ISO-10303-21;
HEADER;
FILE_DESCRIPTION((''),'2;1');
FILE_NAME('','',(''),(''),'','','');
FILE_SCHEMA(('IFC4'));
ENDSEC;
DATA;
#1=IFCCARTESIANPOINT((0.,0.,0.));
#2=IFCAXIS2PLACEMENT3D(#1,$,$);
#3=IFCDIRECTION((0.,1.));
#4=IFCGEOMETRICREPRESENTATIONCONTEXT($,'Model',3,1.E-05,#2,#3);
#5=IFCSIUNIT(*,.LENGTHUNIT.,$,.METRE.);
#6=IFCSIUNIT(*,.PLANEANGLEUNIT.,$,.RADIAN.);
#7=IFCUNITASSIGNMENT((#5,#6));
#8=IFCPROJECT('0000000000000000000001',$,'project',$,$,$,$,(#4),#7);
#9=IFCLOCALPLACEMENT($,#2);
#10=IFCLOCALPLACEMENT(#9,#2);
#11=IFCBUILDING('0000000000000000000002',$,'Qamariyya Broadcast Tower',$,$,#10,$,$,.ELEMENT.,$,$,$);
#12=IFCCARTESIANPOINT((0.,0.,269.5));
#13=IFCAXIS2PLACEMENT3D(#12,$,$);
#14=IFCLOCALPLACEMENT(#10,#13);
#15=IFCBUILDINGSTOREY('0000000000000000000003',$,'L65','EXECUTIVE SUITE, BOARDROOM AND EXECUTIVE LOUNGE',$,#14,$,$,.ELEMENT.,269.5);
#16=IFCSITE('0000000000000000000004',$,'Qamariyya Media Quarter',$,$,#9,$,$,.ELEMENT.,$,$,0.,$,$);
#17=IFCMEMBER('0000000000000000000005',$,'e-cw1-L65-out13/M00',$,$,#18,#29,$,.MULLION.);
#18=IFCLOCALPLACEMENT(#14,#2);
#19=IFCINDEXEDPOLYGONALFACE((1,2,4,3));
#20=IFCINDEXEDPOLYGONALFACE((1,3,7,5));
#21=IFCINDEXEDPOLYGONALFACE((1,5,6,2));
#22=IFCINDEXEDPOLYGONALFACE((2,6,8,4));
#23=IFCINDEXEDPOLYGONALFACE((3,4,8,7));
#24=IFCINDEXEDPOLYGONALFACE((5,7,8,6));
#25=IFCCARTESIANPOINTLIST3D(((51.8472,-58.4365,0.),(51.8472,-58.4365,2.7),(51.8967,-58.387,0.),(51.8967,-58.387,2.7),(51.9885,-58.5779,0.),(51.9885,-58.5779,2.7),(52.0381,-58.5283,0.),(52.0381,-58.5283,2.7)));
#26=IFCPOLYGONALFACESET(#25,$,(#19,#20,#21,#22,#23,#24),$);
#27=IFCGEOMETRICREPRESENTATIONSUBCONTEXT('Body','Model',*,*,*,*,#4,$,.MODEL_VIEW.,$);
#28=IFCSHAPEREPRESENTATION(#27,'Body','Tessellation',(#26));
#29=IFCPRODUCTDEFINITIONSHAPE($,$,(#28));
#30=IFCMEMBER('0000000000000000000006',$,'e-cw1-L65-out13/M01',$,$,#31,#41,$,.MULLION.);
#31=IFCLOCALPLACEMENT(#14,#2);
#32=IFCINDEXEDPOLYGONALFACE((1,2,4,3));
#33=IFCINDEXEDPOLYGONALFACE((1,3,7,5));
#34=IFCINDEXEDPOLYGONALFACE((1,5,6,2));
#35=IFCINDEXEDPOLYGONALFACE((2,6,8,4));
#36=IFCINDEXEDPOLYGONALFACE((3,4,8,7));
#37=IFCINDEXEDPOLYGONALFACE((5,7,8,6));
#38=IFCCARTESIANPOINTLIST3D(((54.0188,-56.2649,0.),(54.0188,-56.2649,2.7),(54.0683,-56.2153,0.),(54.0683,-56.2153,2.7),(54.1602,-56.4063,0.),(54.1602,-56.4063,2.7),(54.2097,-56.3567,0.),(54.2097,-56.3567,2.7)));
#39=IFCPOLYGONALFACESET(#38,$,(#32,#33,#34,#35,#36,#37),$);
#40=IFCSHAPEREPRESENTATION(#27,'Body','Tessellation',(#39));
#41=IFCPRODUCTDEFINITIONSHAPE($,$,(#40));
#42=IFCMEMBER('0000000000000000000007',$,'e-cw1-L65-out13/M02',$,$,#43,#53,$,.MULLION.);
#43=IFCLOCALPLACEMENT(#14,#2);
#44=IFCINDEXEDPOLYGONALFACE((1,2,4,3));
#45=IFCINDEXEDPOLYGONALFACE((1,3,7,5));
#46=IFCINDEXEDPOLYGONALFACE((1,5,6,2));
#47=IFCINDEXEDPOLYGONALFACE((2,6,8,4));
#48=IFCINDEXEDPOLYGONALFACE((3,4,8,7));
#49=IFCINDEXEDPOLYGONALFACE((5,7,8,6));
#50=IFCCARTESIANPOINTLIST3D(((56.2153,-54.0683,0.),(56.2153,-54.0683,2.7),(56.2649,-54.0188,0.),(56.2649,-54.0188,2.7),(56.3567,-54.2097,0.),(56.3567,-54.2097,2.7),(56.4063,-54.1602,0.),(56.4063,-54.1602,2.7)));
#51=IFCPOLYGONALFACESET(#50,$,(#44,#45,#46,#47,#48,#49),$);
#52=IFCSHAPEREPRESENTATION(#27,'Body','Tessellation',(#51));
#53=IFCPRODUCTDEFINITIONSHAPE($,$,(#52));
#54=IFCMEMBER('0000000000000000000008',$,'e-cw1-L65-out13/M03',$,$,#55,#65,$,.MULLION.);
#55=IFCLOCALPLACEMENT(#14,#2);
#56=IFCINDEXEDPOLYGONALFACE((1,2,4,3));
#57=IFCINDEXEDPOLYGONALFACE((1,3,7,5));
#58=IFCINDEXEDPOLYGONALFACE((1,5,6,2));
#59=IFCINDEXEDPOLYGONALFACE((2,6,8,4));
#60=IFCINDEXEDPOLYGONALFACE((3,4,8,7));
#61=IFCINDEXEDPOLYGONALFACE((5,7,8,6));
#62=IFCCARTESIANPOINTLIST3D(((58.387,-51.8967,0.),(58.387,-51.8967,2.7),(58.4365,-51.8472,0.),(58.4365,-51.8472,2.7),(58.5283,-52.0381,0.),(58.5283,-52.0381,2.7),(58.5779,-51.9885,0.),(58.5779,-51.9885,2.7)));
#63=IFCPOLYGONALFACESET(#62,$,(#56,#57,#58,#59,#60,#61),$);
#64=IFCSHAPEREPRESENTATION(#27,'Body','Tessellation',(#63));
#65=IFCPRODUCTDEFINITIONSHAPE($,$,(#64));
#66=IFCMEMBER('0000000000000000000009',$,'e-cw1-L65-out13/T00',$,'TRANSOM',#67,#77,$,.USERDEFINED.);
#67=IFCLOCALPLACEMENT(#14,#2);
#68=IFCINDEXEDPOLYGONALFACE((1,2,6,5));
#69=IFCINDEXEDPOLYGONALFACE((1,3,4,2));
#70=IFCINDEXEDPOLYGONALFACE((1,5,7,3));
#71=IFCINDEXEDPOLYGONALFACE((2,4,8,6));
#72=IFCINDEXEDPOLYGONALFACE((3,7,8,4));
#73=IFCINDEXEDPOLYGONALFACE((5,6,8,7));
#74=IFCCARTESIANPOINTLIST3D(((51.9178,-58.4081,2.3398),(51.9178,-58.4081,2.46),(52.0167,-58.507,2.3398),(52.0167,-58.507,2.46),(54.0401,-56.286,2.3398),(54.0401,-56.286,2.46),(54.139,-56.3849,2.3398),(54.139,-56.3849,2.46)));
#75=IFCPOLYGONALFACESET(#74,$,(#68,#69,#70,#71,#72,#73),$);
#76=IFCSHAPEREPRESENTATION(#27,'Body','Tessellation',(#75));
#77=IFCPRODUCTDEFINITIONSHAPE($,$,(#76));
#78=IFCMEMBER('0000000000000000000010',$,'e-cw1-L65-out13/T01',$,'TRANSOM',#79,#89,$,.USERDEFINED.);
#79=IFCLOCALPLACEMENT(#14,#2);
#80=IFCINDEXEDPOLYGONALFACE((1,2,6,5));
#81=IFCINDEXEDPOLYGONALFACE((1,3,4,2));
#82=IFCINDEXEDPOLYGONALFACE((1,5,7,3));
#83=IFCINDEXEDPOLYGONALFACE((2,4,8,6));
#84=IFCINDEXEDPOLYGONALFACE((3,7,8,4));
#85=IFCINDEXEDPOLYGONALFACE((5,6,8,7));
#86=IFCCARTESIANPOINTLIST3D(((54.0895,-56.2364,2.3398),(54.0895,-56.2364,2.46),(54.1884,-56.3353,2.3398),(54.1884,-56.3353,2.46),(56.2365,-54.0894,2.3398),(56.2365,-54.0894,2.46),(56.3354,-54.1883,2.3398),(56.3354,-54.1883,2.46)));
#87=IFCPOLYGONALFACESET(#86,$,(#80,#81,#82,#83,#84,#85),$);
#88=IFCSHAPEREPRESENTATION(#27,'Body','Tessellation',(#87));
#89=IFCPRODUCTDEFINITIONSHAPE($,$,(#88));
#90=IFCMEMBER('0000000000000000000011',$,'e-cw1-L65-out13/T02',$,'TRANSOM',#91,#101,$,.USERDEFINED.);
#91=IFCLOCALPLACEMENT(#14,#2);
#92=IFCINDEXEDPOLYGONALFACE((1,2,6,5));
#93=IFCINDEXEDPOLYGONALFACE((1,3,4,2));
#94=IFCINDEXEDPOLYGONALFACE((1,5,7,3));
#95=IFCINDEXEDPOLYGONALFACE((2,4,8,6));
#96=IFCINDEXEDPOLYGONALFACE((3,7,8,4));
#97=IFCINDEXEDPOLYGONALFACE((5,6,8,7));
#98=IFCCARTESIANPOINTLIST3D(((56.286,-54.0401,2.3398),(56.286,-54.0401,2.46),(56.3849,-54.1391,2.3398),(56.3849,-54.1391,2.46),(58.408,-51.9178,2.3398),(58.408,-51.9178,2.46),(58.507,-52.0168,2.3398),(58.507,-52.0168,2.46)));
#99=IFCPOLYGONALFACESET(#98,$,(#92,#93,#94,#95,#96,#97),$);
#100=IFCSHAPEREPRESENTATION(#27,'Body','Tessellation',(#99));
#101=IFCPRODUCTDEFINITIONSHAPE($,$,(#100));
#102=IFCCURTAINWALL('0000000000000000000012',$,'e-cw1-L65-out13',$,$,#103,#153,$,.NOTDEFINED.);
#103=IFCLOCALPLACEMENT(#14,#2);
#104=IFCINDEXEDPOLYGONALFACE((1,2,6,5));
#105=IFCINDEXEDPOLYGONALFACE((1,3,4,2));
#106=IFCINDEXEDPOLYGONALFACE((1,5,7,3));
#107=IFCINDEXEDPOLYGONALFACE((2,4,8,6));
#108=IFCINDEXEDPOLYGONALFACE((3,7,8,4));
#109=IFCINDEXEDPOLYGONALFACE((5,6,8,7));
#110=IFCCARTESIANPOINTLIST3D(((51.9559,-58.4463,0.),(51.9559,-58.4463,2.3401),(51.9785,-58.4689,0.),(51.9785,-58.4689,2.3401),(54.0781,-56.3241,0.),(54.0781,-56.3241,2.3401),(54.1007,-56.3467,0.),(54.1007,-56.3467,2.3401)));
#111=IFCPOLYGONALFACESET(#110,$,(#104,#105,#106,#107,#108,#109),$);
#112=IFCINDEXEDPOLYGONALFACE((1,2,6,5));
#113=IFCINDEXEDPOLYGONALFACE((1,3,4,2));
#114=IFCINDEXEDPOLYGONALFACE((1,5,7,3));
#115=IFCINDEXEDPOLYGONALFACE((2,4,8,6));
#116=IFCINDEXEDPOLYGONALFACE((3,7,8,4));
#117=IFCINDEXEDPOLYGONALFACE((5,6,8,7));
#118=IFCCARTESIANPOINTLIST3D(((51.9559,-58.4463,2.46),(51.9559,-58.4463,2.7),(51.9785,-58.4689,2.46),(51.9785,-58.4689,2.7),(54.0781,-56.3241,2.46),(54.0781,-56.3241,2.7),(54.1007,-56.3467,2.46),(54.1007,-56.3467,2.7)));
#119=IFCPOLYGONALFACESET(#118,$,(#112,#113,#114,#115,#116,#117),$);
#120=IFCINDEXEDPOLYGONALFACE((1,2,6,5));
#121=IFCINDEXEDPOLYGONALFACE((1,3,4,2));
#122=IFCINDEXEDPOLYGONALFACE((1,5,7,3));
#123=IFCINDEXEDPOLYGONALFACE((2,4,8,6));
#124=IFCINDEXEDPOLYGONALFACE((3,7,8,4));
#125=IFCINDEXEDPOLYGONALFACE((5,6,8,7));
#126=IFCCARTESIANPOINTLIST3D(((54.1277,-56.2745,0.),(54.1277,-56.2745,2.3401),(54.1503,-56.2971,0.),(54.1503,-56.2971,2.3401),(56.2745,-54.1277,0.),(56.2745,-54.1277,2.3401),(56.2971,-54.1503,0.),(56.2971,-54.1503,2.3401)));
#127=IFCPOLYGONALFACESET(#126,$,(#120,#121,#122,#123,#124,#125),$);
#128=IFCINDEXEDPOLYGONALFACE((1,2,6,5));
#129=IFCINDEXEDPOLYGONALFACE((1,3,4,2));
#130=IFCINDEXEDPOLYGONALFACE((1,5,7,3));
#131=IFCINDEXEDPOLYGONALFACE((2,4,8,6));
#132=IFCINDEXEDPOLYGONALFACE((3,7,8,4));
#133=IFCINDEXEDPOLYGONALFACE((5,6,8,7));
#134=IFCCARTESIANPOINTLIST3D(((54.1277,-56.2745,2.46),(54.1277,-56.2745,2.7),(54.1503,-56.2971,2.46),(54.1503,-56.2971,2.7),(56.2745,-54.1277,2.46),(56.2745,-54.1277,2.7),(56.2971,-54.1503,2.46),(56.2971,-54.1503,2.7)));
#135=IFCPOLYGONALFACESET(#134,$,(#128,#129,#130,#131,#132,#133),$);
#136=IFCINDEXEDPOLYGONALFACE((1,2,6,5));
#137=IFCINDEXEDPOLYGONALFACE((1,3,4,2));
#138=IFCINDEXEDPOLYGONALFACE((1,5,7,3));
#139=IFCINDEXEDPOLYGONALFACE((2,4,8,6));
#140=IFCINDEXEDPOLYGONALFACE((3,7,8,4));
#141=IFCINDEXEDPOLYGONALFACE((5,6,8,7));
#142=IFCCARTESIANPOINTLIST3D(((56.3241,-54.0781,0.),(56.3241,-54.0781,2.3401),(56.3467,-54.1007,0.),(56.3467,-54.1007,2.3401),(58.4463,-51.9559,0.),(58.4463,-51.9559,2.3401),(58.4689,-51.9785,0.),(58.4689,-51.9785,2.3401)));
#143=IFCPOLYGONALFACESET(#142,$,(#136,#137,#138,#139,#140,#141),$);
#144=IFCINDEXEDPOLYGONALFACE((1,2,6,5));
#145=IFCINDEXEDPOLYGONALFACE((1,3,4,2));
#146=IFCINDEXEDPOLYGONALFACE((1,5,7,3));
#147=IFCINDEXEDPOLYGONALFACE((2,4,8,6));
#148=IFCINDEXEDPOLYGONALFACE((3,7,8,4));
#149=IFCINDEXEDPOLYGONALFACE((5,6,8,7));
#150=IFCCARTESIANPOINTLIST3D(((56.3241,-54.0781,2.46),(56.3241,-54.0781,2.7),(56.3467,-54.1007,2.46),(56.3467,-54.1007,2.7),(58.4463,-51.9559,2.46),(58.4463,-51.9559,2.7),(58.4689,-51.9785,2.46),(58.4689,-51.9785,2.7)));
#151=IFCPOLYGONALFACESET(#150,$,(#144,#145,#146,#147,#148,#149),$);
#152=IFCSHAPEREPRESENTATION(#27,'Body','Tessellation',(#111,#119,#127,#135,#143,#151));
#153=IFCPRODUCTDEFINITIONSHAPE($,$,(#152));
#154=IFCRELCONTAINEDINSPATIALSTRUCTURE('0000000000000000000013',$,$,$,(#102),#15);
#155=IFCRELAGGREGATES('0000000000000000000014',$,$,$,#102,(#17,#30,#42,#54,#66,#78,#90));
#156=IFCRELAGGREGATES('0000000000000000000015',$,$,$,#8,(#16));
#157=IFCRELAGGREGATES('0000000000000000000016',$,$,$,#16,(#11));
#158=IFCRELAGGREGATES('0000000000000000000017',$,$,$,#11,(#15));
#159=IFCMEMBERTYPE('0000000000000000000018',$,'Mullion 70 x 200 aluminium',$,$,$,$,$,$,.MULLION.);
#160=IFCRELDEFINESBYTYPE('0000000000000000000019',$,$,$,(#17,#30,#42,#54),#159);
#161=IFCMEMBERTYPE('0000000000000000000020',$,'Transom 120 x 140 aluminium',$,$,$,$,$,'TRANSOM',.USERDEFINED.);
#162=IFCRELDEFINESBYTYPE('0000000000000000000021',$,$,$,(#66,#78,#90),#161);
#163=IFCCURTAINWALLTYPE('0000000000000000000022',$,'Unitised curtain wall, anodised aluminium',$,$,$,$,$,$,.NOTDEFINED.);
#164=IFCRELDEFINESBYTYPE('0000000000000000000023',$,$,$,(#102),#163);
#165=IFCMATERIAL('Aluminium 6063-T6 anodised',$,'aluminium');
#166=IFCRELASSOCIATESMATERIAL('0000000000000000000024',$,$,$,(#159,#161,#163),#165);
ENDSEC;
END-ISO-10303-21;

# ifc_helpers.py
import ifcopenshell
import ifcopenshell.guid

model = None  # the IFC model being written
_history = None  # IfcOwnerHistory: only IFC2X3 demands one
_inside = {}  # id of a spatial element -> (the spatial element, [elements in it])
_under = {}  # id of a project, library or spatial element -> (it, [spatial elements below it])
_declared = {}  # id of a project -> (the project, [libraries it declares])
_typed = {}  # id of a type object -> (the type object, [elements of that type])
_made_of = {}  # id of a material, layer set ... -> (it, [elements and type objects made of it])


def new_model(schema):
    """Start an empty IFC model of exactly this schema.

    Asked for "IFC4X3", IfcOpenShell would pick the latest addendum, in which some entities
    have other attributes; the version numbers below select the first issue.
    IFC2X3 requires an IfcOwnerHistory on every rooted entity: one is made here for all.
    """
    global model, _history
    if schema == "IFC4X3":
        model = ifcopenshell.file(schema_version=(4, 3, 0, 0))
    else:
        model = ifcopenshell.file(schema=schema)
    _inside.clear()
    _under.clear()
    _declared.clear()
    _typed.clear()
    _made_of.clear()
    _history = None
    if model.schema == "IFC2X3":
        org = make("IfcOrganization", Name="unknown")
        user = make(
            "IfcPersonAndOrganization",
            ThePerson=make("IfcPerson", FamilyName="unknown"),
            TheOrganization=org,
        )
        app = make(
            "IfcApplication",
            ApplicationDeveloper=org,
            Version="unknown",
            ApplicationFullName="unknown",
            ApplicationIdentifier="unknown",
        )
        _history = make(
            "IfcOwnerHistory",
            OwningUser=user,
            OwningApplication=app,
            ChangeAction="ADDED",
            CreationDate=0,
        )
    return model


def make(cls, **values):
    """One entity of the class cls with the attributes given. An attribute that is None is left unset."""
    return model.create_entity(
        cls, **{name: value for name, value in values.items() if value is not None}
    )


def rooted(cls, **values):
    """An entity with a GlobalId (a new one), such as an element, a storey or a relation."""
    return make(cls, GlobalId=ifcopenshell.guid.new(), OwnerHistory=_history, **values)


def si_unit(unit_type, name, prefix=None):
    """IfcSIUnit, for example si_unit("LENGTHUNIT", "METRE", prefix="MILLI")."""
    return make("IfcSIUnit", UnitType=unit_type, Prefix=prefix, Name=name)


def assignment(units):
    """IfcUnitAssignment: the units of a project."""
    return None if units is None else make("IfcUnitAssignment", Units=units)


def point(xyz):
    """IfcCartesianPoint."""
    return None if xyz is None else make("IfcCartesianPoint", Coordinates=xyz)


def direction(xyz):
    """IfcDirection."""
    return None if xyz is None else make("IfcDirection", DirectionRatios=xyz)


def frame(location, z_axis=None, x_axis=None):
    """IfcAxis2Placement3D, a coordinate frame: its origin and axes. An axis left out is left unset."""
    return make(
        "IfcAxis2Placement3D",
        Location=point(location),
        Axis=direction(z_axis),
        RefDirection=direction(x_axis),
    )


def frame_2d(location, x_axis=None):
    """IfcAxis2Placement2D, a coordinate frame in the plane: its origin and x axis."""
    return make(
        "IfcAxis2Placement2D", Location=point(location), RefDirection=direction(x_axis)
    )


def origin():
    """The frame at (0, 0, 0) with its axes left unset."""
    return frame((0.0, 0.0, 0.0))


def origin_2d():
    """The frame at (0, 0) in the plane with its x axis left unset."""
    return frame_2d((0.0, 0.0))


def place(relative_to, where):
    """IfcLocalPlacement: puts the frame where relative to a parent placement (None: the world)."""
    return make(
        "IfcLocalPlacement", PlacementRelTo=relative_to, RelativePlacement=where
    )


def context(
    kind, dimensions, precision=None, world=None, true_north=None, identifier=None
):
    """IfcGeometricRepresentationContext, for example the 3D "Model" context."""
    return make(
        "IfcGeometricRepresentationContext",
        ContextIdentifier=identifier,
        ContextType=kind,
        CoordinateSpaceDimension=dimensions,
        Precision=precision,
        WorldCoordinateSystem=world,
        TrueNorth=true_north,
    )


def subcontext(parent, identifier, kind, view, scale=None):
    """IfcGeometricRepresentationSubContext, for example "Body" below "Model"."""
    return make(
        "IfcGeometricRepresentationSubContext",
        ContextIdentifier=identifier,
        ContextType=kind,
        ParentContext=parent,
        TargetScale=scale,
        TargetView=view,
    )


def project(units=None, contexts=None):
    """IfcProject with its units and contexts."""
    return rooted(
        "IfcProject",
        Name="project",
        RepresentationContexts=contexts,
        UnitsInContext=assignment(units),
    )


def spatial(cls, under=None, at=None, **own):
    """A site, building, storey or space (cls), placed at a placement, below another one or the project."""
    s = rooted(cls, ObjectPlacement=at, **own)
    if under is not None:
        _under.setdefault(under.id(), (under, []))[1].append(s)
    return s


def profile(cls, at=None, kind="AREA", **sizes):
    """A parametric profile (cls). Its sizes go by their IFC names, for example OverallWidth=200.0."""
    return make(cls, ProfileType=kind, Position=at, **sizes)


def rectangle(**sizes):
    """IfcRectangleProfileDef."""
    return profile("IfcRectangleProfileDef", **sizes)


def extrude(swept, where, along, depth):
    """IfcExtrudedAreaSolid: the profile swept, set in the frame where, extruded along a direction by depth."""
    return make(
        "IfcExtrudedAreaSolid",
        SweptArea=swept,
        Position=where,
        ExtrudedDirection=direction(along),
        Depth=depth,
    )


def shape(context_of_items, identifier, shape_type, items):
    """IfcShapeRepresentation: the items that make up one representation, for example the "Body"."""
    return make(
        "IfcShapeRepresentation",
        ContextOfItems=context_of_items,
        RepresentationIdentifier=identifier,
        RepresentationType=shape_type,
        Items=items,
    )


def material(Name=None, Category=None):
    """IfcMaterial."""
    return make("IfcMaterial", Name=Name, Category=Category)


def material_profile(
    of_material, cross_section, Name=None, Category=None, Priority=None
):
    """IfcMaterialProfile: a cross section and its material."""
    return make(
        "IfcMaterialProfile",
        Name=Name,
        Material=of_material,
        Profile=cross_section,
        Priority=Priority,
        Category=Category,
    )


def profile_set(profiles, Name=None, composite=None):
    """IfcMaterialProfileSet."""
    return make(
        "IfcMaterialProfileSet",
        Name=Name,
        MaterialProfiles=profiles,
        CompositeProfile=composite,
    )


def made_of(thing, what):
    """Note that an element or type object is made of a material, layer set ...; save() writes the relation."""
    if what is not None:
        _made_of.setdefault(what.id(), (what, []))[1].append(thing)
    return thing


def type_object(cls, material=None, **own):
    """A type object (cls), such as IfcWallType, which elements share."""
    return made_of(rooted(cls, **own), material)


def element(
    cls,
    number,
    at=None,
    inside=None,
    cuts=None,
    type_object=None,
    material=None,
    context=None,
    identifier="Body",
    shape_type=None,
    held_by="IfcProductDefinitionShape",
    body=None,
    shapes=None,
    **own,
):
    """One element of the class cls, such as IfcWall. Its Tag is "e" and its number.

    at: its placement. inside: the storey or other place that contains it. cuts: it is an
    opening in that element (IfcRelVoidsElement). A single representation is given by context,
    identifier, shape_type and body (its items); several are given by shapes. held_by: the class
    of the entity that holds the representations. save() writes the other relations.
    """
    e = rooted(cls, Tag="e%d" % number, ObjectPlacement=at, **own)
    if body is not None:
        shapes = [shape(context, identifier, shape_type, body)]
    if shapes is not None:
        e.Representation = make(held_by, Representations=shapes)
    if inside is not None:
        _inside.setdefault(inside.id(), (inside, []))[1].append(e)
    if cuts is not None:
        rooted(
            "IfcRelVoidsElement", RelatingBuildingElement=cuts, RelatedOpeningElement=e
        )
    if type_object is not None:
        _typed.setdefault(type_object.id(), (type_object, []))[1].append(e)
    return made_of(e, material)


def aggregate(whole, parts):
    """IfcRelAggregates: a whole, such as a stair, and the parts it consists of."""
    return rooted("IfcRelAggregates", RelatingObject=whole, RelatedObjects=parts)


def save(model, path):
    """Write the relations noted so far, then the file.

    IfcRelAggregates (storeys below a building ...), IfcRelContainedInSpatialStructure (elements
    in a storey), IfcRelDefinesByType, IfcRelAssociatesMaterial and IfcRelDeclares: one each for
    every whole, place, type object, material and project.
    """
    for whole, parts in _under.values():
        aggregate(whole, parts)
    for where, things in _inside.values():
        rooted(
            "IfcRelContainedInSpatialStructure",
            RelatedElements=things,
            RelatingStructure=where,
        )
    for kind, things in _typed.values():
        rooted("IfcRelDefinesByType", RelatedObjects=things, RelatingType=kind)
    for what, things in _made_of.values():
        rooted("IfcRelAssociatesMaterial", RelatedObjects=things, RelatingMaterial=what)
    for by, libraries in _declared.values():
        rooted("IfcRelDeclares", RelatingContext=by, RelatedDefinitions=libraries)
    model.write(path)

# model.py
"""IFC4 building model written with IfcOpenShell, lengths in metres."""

from ifc_helpers import new_model, si_unit, direction, frame, origin, origin_2d, place, context, subcontext, project, spatial, rectangle, extrude, material, material_profile, profile_set, type_object, element, aggregate, save


model = new_model("IFC4")

# Units and contexts
model_context = context("Model", 3, precision=1e-05, world=origin(), true_north=direction((0.0, 1.0)))
body_context = subcontext(model_context, "Body", "Model", "MODEL_VIEW")
ifc_project = project(units=[si_unit("LENGTHUNIT", "METRE"), si_unit("PLANEANGLEUNIT", "RADIAN")], contexts=[model_context])

# Members
ifc_material_1 = material(Name="Aluminium 6063-T6 anodised", Category="aluminium")
ifc_material_profile_1 = material_profile(ifc_material_1, rectangle(XDim=0.2, YDim=0.0701, at=origin_2d()))
ifc_profile_set_1 = profile_set([ifc_material_profile_1], Name="Aluminium 6063-T6 anodised")
member_type_1 = type_object("IfcMemberType", Name="Mullion 70 x 200 aluminium", PredefinedType="MULLION", material=ifc_profile_set_1)
site_placement = place(None, origin())
building_placement = place(site_placement, origin())
storey_placement = place(building_placement, frame((0.0, 0.0, 269.5)))
member_1_placement = place(storey_placement, frame((51.9426, -58.4824, 0.0), z_axis=(0.0, 0.0, 1.0), x_axis=(-0.707107, 0.707107, 0.0)))
member_1 = element("IfcMember", 1, at=member_1_placement, type_object=member_type_1, Name="e-cw1-L65-out13/M00", PredefinedType="MULLION", context=body_context, shape_type="SweptSolid", body=[
    extrude(rectangle(XDim=0.2, YDim=0.0701, at=origin_2d()), origin(), (0.0, 0.0, 1.0), 2.7),
])
member_2_placement = place(storey_placement, frame((54.1143, -56.3108, 0.0), z_axis=(0.0, 0.0, 1.0), x_axis=(-0.707107, 0.707107, 0.0)))
member_2 = element("IfcMember", 2, at=member_2_placement, type_object=member_type_1, Name="e-cw1-L65-out13/M01", PredefinedType="MULLION", context=body_context, shape_type="SweptSolid", body=[
    extrude(rectangle(XDim=0.2, YDim=0.0701, at=origin_2d()), origin(), (0.0, 0.0, 1.0), 2.7),
])
member_3_placement = place(storey_placement, frame((56.3108, -54.1143, 0.0), z_axis=(0.0, 0.0, 1.0), x_axis=(-0.707107, 0.707107, 0.0)))
member_3 = element("IfcMember", 3, at=member_3_placement, type_object=member_type_1, Name="e-cw1-L65-out13/M02", PredefinedType="MULLION", context=body_context, shape_type="SweptSolid", body=[
    extrude(rectangle(XDim=0.2, YDim=0.0701, at=origin_2d()), origin(), (0.0, 0.0, 1.0), 2.7),
])
member_4_placement = place(storey_placement, frame((58.4824, -51.9426, 0.0), z_axis=(0.0, 0.0, 1.0), x_axis=(-0.707107, 0.707107, 0.0)))
member_4 = element("IfcMember", 4, at=member_4_placement, type_object=member_type_1, Name="e-cw1-L65-out13/M03", PredefinedType="MULLION", context=body_context, shape_type="SweptSolid", body=[
    extrude(rectangle(XDim=0.2, YDim=0.0701, at=origin_2d()), origin(), (0.0, 0.0, 1.0), 2.7),
])
ifc_material_profile_2 = material_profile(ifc_material_1, rectangle(XDim=0.1399, YDim=0.1201, at=origin_2d()))
ifc_profile_set_2 = profile_set([ifc_material_profile_2], Name="Aluminium 6063-T6 anodised")
member_type_2 = type_object("IfcMemberType", Name="Transom 120 x 140 aluminium", ElementType="TRANSOM", PredefinedType="USERDEFINED", material=ifc_profile_set_2)
member_5_placement = place(storey_placement, frame((51.9673, -58.4575, 2.3999), z_axis=(0.707147, 0.707066, 0.0), x_axis=(-0.707066, 0.707147, 0.0)))
member_5 = element("IfcMember", 5, at=member_5_placement, type_object=member_type_2, Name="e-cw1-L65-out13/T00", ObjectType="TRANSOM", PredefinedType="USERDEFINED", context=body_context, shape_type="SweptSolid", body=[
    extrude(rectangle(XDim=0.1399, YDim=0.1201, at=origin_2d()), origin(), (0.0, 0.0, 1.0), 3.0012),
])
member_6_placement = place(storey_placement, frame((54.1389, -56.2859, 2.3999), z_axis=(0.707107, 0.707107, 0.0), x_axis=(-0.707107, 0.707107, 0.0)))
member_6 = element("IfcMember", 6, at=member_6_placement, type_object=member_type_2, Name="e-cw1-L65-out13/T01", ObjectType="TRANSOM", PredefinedType="USERDEFINED", context=body_context, shape_type="SweptSolid", body=[
    extrude(rectangle(XDim=0.1399, YDim=0.1201, at=origin_2d()), origin(), (0.0, 0.0, 1.0), 3.0364),
])
member_7_placement = place(storey_placement, frame((56.3354, -54.0896, 2.3999), z_axis=(0.707066, 0.707147, 0.0), x_axis=(-0.707147, 0.707066, 0.0)))
member_7 = element("IfcMember", 7, at=member_7_placement, type_object=member_type_2, Name="e-cw1-L65-out13/T02", ObjectType="TRANSOM", PredefinedType="USERDEFINED", context=body_context, shape_type="SweptSolid", body=[
    extrude(rectangle(XDim=0.1399, YDim=0.1201, at=origin_2d()), origin(), (0.0, 0.0, 1.0), 3.0012),
])

# Site, building, storey
site = spatial("IfcSite", under=ifc_project, at=site_placement, Name="Qamariyya Media Quarter", CompositionType="ELEMENT", RefElevation=0.0)
building = spatial("IfcBuilding", under=site, at=building_placement, Name="Qamariyya Broadcast Tower", CompositionType="ELEMENT")
storey = spatial("IfcBuildingStorey", under=building, at=storey_placement, Name="L65", Description="EXECUTIVE SUITE, BOARDROOM AND EXECUTIVE LOUNGE", CompositionType="ELEMENT", Elevation=269.5)

# Curtain wall
curtain_wall_type = type_object("IfcCurtainWallType", Name="Unitised curtain wall, anodised aluminium", PredefinedType="NOTDEFINED", material=ifc_material_1)
curtain_wall_1_placement = place(storey_placement, origin())
curtain_wall_1 = element("IfcCurtainWall", 8, at=curtain_wall_1_placement, inside=storey, type_object=curtain_wall_type, Name="e-cw1-L65-out13", PredefinedType="NOTDEFINED", context=body_context, shape_type="SweptSolid", body=[
    extrude(rectangle(XDim=3.0012, YDim=0.032, at=origin_2d()), frame((53.0283, -57.3965, 0.0), x_axis=(0.707107, 0.707107, 0.0)), (0.0, 0.0, 1.0), 2.3401),
    extrude(rectangle(XDim=3.0012, YDim=0.032, at=origin_2d()), frame((53.0283, -57.3965, 2.46), x_axis=(0.707107, 0.707107, 0.0)), (0.0, 0.0, 1.0), 0.24),
    extrude(rectangle(XDim=3.0361, YDim=0.032, at=origin_2d()), frame((55.2124, -55.2124, 0.0), x_axis=(0.707107, 0.707107, 0.0)), (0.0, 0.0, 1.0), 2.3401),
    extrude(rectangle(XDim=3.0361, YDim=0.032, at=origin_2d()), frame((55.2124, -55.2124, 2.46), x_axis=(0.707107, 0.707107, 0.0)), (0.0, 0.0, 1.0), 0.24),
    extrude(rectangle(XDim=3.0012, YDim=0.032, at=origin_2d()), frame((57.3965, -53.0283, 0.0), x_axis=(0.707107, 0.707107, 0.0)), (0.0, 0.0, 1.0), 2.3401),
    extrude(rectangle(XDim=3.0012, YDim=0.032, at=origin_2d()), frame((57.3965, -53.0283, 2.46), x_axis=(0.707107, 0.707107, 0.0)), (0.0, 0.0, 1.0), 0.24),
])
aggregate(curtain_wall_1, [member_1, member_2, member_3, member_4, member_5, member_6, member_7])

save(model, "model.ifc")
